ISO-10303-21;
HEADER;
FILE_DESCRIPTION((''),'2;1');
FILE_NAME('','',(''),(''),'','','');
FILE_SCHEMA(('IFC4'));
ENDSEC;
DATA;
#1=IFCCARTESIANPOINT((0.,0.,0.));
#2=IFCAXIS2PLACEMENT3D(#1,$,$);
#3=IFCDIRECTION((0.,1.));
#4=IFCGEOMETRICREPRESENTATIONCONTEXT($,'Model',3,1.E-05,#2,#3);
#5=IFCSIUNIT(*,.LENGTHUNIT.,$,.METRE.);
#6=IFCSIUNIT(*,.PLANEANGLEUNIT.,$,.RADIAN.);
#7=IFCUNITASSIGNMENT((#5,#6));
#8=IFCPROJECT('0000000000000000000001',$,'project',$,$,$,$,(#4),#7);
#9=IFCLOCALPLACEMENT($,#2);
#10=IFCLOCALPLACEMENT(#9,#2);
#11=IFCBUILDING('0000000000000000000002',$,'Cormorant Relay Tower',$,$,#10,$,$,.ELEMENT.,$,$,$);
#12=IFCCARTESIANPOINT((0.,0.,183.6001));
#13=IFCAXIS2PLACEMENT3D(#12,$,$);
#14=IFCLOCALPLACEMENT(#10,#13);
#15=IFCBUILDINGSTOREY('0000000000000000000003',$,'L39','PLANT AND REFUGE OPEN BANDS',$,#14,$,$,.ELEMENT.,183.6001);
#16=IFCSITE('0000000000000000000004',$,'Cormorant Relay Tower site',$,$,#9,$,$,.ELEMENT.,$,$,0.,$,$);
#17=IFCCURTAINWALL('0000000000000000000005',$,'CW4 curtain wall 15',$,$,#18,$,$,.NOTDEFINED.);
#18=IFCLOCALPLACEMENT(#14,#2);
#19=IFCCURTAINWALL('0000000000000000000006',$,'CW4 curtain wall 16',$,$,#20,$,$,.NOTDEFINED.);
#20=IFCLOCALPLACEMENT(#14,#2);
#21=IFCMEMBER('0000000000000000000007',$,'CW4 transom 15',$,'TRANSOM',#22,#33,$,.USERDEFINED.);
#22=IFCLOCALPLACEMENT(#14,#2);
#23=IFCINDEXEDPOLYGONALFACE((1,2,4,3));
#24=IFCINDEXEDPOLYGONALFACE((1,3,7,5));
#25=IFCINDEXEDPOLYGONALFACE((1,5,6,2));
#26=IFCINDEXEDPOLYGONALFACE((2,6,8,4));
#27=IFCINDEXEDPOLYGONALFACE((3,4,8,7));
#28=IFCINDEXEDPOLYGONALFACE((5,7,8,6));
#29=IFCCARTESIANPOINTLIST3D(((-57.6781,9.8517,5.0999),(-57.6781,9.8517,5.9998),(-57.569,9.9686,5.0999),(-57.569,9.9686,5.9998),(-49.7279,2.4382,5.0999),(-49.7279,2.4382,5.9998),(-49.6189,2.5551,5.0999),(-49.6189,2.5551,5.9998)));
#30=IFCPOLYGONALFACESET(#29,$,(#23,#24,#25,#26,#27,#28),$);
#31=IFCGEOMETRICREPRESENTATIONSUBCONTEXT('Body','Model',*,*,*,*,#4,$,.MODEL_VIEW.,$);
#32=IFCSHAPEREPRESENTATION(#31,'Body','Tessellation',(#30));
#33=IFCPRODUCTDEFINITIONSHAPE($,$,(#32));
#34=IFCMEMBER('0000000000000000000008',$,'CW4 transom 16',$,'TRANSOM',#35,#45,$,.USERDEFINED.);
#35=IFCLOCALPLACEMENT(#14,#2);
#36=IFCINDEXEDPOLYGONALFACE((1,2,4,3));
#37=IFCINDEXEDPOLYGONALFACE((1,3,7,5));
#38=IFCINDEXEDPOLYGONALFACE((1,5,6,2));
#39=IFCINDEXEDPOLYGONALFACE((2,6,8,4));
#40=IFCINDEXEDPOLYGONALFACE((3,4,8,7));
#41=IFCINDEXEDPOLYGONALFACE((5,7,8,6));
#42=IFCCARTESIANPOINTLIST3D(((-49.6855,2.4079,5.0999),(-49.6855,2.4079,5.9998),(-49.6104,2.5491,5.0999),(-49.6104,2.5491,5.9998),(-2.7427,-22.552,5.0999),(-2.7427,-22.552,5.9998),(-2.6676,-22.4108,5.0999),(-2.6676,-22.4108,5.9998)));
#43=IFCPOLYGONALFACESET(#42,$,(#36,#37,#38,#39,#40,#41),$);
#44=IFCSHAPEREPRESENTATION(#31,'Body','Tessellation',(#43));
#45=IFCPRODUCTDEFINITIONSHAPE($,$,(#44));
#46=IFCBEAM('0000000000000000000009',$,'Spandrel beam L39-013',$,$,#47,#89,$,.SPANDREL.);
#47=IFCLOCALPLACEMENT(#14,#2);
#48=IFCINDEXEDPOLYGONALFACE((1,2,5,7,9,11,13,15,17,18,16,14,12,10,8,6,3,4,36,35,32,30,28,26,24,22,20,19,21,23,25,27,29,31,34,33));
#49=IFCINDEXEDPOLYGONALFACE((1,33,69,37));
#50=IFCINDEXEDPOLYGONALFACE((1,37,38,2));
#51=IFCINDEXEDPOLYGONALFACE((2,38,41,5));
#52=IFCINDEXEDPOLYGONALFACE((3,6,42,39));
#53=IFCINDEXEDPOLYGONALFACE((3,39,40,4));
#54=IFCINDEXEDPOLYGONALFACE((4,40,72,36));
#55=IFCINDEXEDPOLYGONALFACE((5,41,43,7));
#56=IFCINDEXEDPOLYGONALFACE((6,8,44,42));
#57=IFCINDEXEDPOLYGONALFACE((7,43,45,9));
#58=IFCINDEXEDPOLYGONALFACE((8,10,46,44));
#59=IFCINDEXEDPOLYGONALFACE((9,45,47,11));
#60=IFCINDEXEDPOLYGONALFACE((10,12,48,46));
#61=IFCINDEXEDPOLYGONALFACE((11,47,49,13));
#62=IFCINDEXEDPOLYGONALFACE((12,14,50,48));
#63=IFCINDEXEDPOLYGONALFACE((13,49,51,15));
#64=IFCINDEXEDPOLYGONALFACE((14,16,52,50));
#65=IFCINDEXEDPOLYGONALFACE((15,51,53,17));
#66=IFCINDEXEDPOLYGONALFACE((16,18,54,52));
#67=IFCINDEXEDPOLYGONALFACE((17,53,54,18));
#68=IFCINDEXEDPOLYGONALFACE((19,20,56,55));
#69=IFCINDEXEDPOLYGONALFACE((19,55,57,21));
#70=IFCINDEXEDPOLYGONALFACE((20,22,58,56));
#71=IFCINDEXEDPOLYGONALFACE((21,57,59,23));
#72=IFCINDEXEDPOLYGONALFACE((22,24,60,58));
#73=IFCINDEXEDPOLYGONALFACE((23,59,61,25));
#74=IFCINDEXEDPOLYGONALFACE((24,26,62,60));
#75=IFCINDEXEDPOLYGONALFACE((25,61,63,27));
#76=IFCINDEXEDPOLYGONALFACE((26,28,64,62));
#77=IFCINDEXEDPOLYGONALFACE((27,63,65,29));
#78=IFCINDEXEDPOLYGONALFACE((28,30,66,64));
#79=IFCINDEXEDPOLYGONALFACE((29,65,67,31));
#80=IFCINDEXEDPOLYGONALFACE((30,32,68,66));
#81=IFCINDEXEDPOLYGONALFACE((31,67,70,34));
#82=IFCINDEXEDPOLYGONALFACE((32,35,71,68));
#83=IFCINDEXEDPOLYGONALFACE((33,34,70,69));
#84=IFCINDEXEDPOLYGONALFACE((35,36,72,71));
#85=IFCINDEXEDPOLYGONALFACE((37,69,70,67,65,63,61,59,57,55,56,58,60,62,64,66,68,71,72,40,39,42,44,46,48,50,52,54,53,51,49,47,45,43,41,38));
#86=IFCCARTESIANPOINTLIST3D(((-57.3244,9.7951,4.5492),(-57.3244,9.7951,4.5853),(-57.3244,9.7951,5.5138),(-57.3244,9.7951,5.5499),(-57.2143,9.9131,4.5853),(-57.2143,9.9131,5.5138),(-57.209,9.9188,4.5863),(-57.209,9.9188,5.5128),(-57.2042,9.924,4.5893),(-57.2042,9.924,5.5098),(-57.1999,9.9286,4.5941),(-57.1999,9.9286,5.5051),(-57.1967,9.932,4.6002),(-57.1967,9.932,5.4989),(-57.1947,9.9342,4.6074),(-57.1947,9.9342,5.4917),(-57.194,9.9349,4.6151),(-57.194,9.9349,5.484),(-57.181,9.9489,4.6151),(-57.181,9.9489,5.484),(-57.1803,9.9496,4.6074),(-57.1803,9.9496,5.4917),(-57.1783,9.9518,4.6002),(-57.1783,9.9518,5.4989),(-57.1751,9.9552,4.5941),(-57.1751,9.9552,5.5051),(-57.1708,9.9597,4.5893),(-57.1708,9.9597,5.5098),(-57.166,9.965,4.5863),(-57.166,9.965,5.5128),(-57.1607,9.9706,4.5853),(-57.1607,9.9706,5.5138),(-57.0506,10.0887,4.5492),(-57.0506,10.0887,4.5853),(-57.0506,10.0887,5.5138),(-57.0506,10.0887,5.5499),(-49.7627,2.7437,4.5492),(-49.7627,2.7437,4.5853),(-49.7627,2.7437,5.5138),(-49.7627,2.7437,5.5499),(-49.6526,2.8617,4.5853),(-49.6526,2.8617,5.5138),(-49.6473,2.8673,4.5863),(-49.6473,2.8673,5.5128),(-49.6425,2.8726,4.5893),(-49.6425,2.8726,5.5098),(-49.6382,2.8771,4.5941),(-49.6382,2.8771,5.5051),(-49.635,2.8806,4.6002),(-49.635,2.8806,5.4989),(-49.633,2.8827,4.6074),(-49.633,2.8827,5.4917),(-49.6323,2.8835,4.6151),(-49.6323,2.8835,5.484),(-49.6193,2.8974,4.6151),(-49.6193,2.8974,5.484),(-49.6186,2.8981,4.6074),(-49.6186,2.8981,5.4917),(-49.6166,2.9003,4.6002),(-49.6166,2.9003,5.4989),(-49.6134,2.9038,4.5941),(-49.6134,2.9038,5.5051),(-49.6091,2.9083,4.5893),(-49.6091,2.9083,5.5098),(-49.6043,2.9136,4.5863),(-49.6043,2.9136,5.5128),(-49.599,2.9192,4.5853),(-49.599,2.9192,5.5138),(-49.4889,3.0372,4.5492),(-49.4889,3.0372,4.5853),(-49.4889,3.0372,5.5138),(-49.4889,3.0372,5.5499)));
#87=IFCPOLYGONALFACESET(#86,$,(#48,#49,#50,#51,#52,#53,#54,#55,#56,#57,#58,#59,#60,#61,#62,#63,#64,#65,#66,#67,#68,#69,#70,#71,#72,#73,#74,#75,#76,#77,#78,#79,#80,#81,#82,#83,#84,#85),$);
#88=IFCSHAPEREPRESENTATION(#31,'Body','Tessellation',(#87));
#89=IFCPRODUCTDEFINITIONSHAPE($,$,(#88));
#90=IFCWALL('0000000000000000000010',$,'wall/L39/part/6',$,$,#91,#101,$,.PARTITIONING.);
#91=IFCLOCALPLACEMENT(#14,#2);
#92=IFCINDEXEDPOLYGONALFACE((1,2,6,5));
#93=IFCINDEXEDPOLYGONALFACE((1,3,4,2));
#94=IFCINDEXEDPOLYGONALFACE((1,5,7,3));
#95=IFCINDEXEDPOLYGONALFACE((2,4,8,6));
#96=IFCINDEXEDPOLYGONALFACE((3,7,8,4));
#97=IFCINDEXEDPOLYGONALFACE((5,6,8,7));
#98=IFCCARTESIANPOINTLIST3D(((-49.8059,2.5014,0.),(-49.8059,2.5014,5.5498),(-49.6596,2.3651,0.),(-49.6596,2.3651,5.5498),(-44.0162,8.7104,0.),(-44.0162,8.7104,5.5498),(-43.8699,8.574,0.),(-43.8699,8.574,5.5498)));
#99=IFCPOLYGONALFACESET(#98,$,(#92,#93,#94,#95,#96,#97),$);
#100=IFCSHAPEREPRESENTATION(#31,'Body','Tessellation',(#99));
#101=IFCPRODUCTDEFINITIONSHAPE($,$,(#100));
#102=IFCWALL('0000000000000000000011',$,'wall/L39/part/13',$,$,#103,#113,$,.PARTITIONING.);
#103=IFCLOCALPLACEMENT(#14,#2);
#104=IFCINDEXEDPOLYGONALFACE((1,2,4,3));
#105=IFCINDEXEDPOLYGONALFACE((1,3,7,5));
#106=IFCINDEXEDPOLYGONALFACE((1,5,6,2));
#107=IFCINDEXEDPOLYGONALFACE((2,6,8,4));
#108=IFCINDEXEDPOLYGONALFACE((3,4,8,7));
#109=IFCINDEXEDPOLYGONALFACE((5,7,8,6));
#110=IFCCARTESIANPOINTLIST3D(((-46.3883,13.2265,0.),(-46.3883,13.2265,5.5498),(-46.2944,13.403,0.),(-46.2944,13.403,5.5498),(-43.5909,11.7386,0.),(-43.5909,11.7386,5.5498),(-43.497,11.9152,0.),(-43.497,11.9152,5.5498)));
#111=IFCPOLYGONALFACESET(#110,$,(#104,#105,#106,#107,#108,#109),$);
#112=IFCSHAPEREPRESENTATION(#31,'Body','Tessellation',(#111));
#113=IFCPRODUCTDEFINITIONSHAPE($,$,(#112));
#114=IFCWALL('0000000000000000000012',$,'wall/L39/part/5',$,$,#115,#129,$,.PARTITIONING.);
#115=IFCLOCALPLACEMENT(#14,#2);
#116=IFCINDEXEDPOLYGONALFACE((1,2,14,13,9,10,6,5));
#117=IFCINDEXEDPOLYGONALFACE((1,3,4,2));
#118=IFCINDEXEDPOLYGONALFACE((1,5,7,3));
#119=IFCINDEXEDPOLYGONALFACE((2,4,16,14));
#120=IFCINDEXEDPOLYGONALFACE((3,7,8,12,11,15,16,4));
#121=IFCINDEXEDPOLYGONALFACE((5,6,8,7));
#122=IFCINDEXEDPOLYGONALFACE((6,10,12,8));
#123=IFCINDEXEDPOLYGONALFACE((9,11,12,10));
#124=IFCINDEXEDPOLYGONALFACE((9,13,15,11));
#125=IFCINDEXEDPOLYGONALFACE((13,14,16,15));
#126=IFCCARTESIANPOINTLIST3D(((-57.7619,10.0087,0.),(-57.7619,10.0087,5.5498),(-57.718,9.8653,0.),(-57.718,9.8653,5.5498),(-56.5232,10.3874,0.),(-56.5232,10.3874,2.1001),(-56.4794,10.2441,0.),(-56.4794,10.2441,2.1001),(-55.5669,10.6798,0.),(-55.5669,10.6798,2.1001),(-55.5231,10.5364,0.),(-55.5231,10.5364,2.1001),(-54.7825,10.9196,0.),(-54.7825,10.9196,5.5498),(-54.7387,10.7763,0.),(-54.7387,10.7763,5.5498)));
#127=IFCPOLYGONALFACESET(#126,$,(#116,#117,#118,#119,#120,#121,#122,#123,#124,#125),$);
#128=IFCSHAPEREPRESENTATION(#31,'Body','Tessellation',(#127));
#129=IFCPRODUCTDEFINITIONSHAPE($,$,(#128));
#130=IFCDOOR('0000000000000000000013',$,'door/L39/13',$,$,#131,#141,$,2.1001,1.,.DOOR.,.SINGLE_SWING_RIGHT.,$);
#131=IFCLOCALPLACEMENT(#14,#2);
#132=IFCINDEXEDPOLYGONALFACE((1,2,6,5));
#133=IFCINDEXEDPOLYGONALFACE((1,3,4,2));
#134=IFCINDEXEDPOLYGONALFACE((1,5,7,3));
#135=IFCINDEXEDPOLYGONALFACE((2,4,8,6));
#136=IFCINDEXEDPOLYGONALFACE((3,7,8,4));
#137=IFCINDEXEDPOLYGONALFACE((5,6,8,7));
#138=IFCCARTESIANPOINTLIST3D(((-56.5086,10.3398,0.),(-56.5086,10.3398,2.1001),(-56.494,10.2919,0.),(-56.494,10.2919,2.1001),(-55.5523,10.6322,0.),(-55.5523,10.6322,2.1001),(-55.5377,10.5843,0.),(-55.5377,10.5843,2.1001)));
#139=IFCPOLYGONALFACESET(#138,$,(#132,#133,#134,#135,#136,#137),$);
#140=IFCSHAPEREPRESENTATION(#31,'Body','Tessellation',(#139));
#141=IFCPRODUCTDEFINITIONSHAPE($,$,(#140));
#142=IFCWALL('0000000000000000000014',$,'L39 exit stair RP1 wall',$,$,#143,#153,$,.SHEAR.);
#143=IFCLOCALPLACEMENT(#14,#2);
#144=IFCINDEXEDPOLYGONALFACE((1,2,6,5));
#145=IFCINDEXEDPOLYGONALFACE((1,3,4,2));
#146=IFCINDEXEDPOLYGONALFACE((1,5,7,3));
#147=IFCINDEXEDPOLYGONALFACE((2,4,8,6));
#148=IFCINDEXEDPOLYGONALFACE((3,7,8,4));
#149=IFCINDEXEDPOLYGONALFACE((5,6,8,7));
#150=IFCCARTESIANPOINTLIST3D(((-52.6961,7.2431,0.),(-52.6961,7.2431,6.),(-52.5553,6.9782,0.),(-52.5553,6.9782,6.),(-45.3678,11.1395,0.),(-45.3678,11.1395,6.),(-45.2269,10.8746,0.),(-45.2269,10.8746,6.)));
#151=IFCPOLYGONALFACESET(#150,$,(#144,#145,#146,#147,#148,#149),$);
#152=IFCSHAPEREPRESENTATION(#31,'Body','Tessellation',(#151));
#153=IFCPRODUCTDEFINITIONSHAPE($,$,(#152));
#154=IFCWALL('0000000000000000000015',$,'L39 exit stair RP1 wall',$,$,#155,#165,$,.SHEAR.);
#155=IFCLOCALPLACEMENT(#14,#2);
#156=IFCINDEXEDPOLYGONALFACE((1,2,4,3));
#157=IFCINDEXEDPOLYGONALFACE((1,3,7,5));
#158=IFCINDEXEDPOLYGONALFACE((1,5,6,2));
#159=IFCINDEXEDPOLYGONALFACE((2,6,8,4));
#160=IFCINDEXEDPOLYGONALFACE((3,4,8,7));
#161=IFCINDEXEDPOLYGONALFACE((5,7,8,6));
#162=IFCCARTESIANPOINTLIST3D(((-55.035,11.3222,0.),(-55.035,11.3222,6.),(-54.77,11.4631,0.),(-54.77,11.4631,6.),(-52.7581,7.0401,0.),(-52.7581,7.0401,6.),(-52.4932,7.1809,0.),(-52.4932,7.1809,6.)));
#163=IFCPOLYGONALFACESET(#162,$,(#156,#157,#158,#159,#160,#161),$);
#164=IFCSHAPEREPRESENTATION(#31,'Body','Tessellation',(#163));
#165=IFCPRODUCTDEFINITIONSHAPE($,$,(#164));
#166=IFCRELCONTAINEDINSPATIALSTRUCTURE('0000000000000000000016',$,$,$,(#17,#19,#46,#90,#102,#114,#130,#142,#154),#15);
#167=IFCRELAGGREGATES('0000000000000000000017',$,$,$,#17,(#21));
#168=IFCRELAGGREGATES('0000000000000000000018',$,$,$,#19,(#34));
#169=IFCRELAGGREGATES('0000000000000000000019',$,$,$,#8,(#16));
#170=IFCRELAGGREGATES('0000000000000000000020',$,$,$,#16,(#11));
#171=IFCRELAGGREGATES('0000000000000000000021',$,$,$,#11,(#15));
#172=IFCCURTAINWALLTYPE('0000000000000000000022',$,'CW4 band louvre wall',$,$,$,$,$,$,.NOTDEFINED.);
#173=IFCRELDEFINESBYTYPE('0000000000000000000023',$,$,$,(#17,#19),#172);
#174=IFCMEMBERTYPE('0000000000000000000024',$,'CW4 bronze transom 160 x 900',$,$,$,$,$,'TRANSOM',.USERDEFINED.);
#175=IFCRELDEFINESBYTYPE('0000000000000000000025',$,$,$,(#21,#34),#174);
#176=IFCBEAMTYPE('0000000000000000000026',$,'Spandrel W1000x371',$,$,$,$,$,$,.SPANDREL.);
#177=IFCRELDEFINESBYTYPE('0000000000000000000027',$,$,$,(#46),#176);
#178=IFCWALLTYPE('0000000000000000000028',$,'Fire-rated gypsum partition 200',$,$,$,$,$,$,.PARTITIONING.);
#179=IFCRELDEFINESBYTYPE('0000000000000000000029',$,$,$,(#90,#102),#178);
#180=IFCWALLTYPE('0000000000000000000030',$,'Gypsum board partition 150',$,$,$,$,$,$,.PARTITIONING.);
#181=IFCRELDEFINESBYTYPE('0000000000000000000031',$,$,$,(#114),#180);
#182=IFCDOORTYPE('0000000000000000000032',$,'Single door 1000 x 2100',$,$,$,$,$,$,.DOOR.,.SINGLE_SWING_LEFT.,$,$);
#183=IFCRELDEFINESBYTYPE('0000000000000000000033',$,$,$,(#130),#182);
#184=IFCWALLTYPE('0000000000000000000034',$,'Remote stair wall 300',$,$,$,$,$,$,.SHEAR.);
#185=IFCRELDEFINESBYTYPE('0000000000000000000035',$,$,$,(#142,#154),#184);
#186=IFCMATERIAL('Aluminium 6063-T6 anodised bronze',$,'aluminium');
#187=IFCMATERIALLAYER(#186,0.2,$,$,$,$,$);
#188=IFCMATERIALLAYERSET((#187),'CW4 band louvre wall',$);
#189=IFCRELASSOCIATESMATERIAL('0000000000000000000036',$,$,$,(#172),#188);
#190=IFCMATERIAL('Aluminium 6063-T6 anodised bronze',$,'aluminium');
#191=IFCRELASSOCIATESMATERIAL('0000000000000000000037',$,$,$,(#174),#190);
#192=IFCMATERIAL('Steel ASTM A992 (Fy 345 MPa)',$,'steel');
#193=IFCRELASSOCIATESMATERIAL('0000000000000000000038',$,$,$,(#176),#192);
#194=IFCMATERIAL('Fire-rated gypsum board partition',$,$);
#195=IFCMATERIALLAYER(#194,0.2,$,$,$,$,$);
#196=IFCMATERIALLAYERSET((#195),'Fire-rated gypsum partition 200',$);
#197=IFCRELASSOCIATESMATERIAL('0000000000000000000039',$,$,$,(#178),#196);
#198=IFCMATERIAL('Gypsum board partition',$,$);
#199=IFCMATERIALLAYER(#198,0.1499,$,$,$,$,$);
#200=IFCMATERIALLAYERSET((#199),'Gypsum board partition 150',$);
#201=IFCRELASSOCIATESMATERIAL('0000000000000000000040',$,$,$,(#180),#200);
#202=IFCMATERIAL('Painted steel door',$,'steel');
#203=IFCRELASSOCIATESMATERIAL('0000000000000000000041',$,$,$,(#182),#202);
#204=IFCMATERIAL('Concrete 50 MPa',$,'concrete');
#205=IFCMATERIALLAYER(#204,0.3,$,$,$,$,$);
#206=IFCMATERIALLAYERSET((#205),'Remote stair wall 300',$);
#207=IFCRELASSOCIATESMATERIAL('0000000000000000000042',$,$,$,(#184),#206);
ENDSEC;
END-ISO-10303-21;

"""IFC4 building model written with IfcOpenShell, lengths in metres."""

from ifc_helpers import new_model, si_unit, direction, frame, frame_2d, origin, origin_2d, place, context, subcontext, project, spatial, rectangle, i_section, extrude, material, layer, layer_set, material_profile, profile_set, type_object, element, fill, aggregate, save


model = new_model("IFC4")

# Units and contexts
model_context = context("Model", 3, precision=1e-05, world=origin(), true_north=direction((0.0, 1.0)))
body_context = subcontext(model_context, "Body", "Model", "MODEL_VIEW")
ifc_project = project(units=[si_unit("LENGTHUNIT", "METRE"), si_unit("PLANEANGLEUNIT", "RADIAN")], contexts=[model_context])

# Site, building, storey
site_placement = place(None, origin())
site = spatial("IfcSite", under=ifc_project, at=site_placement, Name="Cormorant Relay Tower site", CompositionType="ELEMENT", RefElevation=0.0)
building_placement = place(site_placement, origin())
building = spatial("IfcBuilding", under=site, at=building_placement, Name="Cormorant Relay Tower", CompositionType="ELEMENT")
storey_placement = place(building_placement, frame((0.0, 0.0, 183.6001)))
storey = spatial("IfcBuildingStorey", under=building, at=storey_placement, Name="L39", Description="PLANT AND REFUGE OPEN BANDS", CompositionType="ELEMENT", Elevation=183.6001)

# Curtain walls
ifc_material_1 = material(Name="Aluminium 6063-T6 anodised bronze", Category="aluminium")
ifc_layer_1 = layer(ifc_material_1, 0.2)
ifc_layer_set_1 = layer_set([ifc_layer_1], Name="CW4 band louvre wall")
curtain_wall_type = type_object("IfcCurtainWallType", Name="CW4 band louvre wall", PredefinedType="NOTDEFINED", material=ifc_layer_set_1)
curtain_wall_1_placement = place(storey_placement, origin())
curtain_wall_1 = element("IfcCurtainWall", 1, at=curtain_wall_1_placement, inside=storey, type_object=curtain_wall_type, Name="CW4 curtain wall 15", PredefinedType="NOTDEFINED")
curtain_wall_2_placement = place(storey_placement, origin())
curtain_wall_2 = element("IfcCurtainWall", 2, at=curtain_wall_2_placement, inside=storey, type_object=curtain_wall_type, Name="CW4 curtain wall 16", PredefinedType="NOTDEFINED")

# Members
ifc_material_2 = material(Name="Aluminium 6063-T6 anodised bronze", Category="aluminium")
ifc_material_profile_1 = material_profile(ifc_material_2, rectangle(XDim=0.1599, YDim=0.8999, at=origin_2d()), Name="AL 160x900")
ifc_profile_set_1 = profile_set([ifc_material_profile_1], Name="Aluminium 6063-T6 anodised bronze")
member_type_1 = type_object("IfcMemberType", Name="CW4 bronze transom 160 x 900", ElementType="TRANSOM", PredefinedType="USERDEFINED", material=ifc_profile_set_1)
member_1_placement = place(storey_placement, frame((-57.6235, 9.9102, 5.5498), z_axis=(0.731358, -0.681993, 0.0), x_axis=(0.681993, 0.731358, 0.0)))
member_1 = element("IfcMember", 3, at=member_1_placement, type_object=member_type_1, Name="CW4 transom 15", ObjectType="TRANSOM", PredefinedType="USERDEFINED", context=body_context, shape_type="SweptSolid", body=[
    extrude(rectangle(XDim=0.1599, YDim=0.8999, at=origin_2d()), origin(), (0.0, 0.0, 1.0), 10.8704),
])
member_2_placement = place(storey_placement, frame((-49.6479, 2.4785, 5.5498), z_axis=(0.882948, -0.469471, 0.0), x_axis=(0.469471, 0.882948, 0.0)))
member_2 = element("IfcMember", 4, at=member_2_placement, type_object=member_type_1, Name="CW4 transom 16", ObjectType="TRANSOM", PredefinedType="USERDEFINED", context=body_context, shape_type="SweptSolid", body=[
    extrude(rectangle(XDim=0.1599, YDim=0.8999, at=origin_2d()), origin(), (0.0, 0.0, 1.0), 53.166),
])

# Beam
ifc_material_3 = material(Name="Steel ASTM A992 (Fy 345 MPa)", Category="steel")
ifc_material_profile_2 = material_profile(ifc_material_3, i_section(OverallWidth=0.4014, OverallDepth=1.0007, WebThickness=0.019, FlangeThickness=0.0361, FilletRadius=0.0298, at=origin_2d()), Name="W1000x371")
ifc_profile_set_2 = profile_set([ifc_material_profile_2], Name="Steel ASTM A992 (Fy 345 MPa)")
beam_type = type_object("IfcBeamType", Name="Spandrel W1000x371", PredefinedType="SPANDREL", material=ifc_profile_set_2)
beam_placement = place(storey_placement, frame((-57.1875, 9.9419, 5.0496), z_axis=(0.731351, -0.682001, 0.0), x_axis=(0.682001, 0.731351, 0.0)))
element("IfcBeam", 5, at=beam_placement, inside=storey, type_object=beam_type, Name="Spandrel beam L39-013", PredefinedType="SPANDREL", context=body_context, shape_type="SweptSolid", body=[
    extrude(i_section(OverallWidth=0.4014, OverallDepth=1.0007, WebThickness=0.019, FlangeThickness=0.0361, FilletRadius=0.0298, at=origin_2d()), origin(), (0.0, 0.0, 1.0), 10.3394),
])

# Walls
ifc_material_4 = material(Name="Fire-rated gypsum board partition")
ifc_layer_2 = layer(ifc_material_4, 0.2)
ifc_layer_set_2 = layer_set([ifc_layer_2], Name="Fire-rated gypsum partition 200")
wall_type_1 = type_object("IfcWallType", Name="Fire-rated gypsum partition 200", PredefinedType="PARTITIONING", material=ifc_layer_set_2)
wall_1_placement = place(storey_placement, frame((-43.9431, 8.6421, 0.0), z_axis=(0.0, 0.0, 1.0), x_axis=(-0.681987, -0.731364, 0.0)))
element("IfcWall", 6, at=wall_1_placement, inside=storey, type_object=wall_type_1, Name="wall/L39/part/6", PredefinedType="PARTITIONING", context=body_context, shape_type="SweptSolid", body=[
    extrude(rectangle(XDim=8.4895, YDim=0.2, at=frame_2d((4.2446, 0.0))), origin(), (0.0, 0.0, 1.0), 5.5498),
])
wall_2_placement = place(storey_placement, frame((-43.5439, 11.8269, 0.0), z_axis=(0.0, 0.0, 1.0), x_axis=(-0.882894, 0.469572, 0.0)))
element("IfcWall", 7, at=wall_2_placement, inside=storey, type_object=wall_type_1, Name="wall/L39/part/13", PredefinedType="PARTITIONING", context=body_context, shape_type="SweptSolid", body=[
    extrude(rectangle(XDim=3.1685, YDim=0.2, at=frame_2d((1.5842, 0.0))), origin(), (0.0, 0.0, 1.0), 5.5498),
])

# Wall, opening, door
ifc_material_5 = material(Name="Gypsum board partition")
ifc_layer_3 = layer(ifc_material_5, 0.1499)
ifc_layer_set_3 = layer_set([ifc_layer_3], Name="Gypsum board partition 150")
wall_type_2 = type_object("IfcWallType", Name="Gypsum board partition 150", PredefinedType="PARTITIONING", material=ifc_layer_set_3)
wall_3_placement = place(storey_placement, frame((-54.7607, 10.8479, 0.0), z_axis=(0.0, 0.0, 1.0), x_axis=(-0.956301, -0.292384, 0.0)))
wall_3 = element("IfcWall", 8, at=wall_3_placement, inside=storey, type_object=wall_type_2, Name="wall/L39/part/5", PredefinedType="PARTITIONING", context=body_context, shape_type="SweptSolid", body=[
    extrude(rectangle(XDim=3.1155, YDim=0.1499, at=frame_2d((1.5576, 0.0))), origin(), (0.0, 0.0, 1.0), 5.5498),
])
opening_1_placement = place(wall_3_placement, frame((0.8201, 0.0, 0.0)))
opening_1 = element("IfcOpeningElement", 9, at=opening_1_placement, cuts=wall_3, PredefinedType="OPENING", context=body_context, shape_type="SweptSolid", body=[
    extrude(rectangle(XDim=1.0, YDim=2.1001, at=frame_2d((0.5, 1.05))), frame((0.0, 0.085, 0.0), z_axis=(0.0, -1.0, 0.0), x_axis=(1.0, 0.0, 0.0)), (0.0, 0.0, 1.0), 0.1699),
])
ifc_material_6 = material(Name="Painted steel door", Category="steel")
door_type_1 = type_object("IfcDoorType", Name="Single door 1000 x 2100", OperationType="SINGLE_SWING_LEFT", PredefinedType="DOOR", material=ifc_material_6)
door_1_placement = place(opening_1_placement, origin())
door_1 = element("IfcDoor", 10, at=door_1_placement, inside=storey, type_object=door_type_1, Name="door/L39/13", OperationType="SINGLE_SWING_RIGHT", OverallHeight=2.1001, OverallWidth=1.0, PredefinedType="DOOR", context=body_context, shape_type="SweptSolid", body=[
    extrude(rectangle(XDim=1.0, YDim=2.1001, at=frame_2d((0.5, 1.05))), frame((0.0, 0.0249, 0.0), z_axis=(0.0, -1.0, 0.0), x_axis=(1.0, 0.0, 0.0)), (0.0, 0.0, 1.0), 0.05),
])
fill(opening_1, door_1)

# Walls
ifc_material_7 = material(Name="Concrete 50 MPa", Category="concrete")
ifc_layer_4 = layer(ifc_material_7, 0.3)
ifc_layer_set_4 = layer_set([ifc_layer_4], Name="Remote stair wall 300")
wall_type_3 = type_object("IfcWallType", Name="Remote stair wall 300", PredefinedType="SHEAR", material=ifc_layer_set_4)
wall_4_placement = place(storey_placement, frame((-45.2974, 11.0071, 0.0), z_axis=(0.0, 0.0, 1.0), x_axis=(-0.882952, -0.469464, 0.0)))
element("IfcWall", 11, at=wall_4_placement, inside=storey, type_object=wall_type_3, Name="L39 exit stair RP1 wall", PredefinedType="SHEAR", context=body_context, shape_type="SweptSolid", body=[
    extrude(rectangle(XDim=8.2998, YDim=0.3, at=frame_2d((4.1499, 0.0))), origin(), (0.0, 0.0, 1.0), 6.0),
])
wall_5_placement = place(storey_placement, frame((-52.6257, 7.1106, 0.0), z_axis=(0.0, 0.0, 1.0), x_axis=(-0.469464, 0.882951, 0.0)))
element("IfcWall", 12, at=wall_5_placement, inside=storey, type_object=wall_type_3, Name="L39 exit stair RP1 wall", PredefinedType="SHEAR", context=body_context, shape_type="SweptSolid", body=[
    extrude(rectangle(XDim=4.8499, YDim=0.3, at=frame_2d((2.4248, 0.0))), origin(), (0.0, 0.0, 1.0), 6.0),
])

aggregate(curtain_wall_1, [member_1])
aggregate(curtain_wall_2, [member_2])

save(model, "model.ifc")
